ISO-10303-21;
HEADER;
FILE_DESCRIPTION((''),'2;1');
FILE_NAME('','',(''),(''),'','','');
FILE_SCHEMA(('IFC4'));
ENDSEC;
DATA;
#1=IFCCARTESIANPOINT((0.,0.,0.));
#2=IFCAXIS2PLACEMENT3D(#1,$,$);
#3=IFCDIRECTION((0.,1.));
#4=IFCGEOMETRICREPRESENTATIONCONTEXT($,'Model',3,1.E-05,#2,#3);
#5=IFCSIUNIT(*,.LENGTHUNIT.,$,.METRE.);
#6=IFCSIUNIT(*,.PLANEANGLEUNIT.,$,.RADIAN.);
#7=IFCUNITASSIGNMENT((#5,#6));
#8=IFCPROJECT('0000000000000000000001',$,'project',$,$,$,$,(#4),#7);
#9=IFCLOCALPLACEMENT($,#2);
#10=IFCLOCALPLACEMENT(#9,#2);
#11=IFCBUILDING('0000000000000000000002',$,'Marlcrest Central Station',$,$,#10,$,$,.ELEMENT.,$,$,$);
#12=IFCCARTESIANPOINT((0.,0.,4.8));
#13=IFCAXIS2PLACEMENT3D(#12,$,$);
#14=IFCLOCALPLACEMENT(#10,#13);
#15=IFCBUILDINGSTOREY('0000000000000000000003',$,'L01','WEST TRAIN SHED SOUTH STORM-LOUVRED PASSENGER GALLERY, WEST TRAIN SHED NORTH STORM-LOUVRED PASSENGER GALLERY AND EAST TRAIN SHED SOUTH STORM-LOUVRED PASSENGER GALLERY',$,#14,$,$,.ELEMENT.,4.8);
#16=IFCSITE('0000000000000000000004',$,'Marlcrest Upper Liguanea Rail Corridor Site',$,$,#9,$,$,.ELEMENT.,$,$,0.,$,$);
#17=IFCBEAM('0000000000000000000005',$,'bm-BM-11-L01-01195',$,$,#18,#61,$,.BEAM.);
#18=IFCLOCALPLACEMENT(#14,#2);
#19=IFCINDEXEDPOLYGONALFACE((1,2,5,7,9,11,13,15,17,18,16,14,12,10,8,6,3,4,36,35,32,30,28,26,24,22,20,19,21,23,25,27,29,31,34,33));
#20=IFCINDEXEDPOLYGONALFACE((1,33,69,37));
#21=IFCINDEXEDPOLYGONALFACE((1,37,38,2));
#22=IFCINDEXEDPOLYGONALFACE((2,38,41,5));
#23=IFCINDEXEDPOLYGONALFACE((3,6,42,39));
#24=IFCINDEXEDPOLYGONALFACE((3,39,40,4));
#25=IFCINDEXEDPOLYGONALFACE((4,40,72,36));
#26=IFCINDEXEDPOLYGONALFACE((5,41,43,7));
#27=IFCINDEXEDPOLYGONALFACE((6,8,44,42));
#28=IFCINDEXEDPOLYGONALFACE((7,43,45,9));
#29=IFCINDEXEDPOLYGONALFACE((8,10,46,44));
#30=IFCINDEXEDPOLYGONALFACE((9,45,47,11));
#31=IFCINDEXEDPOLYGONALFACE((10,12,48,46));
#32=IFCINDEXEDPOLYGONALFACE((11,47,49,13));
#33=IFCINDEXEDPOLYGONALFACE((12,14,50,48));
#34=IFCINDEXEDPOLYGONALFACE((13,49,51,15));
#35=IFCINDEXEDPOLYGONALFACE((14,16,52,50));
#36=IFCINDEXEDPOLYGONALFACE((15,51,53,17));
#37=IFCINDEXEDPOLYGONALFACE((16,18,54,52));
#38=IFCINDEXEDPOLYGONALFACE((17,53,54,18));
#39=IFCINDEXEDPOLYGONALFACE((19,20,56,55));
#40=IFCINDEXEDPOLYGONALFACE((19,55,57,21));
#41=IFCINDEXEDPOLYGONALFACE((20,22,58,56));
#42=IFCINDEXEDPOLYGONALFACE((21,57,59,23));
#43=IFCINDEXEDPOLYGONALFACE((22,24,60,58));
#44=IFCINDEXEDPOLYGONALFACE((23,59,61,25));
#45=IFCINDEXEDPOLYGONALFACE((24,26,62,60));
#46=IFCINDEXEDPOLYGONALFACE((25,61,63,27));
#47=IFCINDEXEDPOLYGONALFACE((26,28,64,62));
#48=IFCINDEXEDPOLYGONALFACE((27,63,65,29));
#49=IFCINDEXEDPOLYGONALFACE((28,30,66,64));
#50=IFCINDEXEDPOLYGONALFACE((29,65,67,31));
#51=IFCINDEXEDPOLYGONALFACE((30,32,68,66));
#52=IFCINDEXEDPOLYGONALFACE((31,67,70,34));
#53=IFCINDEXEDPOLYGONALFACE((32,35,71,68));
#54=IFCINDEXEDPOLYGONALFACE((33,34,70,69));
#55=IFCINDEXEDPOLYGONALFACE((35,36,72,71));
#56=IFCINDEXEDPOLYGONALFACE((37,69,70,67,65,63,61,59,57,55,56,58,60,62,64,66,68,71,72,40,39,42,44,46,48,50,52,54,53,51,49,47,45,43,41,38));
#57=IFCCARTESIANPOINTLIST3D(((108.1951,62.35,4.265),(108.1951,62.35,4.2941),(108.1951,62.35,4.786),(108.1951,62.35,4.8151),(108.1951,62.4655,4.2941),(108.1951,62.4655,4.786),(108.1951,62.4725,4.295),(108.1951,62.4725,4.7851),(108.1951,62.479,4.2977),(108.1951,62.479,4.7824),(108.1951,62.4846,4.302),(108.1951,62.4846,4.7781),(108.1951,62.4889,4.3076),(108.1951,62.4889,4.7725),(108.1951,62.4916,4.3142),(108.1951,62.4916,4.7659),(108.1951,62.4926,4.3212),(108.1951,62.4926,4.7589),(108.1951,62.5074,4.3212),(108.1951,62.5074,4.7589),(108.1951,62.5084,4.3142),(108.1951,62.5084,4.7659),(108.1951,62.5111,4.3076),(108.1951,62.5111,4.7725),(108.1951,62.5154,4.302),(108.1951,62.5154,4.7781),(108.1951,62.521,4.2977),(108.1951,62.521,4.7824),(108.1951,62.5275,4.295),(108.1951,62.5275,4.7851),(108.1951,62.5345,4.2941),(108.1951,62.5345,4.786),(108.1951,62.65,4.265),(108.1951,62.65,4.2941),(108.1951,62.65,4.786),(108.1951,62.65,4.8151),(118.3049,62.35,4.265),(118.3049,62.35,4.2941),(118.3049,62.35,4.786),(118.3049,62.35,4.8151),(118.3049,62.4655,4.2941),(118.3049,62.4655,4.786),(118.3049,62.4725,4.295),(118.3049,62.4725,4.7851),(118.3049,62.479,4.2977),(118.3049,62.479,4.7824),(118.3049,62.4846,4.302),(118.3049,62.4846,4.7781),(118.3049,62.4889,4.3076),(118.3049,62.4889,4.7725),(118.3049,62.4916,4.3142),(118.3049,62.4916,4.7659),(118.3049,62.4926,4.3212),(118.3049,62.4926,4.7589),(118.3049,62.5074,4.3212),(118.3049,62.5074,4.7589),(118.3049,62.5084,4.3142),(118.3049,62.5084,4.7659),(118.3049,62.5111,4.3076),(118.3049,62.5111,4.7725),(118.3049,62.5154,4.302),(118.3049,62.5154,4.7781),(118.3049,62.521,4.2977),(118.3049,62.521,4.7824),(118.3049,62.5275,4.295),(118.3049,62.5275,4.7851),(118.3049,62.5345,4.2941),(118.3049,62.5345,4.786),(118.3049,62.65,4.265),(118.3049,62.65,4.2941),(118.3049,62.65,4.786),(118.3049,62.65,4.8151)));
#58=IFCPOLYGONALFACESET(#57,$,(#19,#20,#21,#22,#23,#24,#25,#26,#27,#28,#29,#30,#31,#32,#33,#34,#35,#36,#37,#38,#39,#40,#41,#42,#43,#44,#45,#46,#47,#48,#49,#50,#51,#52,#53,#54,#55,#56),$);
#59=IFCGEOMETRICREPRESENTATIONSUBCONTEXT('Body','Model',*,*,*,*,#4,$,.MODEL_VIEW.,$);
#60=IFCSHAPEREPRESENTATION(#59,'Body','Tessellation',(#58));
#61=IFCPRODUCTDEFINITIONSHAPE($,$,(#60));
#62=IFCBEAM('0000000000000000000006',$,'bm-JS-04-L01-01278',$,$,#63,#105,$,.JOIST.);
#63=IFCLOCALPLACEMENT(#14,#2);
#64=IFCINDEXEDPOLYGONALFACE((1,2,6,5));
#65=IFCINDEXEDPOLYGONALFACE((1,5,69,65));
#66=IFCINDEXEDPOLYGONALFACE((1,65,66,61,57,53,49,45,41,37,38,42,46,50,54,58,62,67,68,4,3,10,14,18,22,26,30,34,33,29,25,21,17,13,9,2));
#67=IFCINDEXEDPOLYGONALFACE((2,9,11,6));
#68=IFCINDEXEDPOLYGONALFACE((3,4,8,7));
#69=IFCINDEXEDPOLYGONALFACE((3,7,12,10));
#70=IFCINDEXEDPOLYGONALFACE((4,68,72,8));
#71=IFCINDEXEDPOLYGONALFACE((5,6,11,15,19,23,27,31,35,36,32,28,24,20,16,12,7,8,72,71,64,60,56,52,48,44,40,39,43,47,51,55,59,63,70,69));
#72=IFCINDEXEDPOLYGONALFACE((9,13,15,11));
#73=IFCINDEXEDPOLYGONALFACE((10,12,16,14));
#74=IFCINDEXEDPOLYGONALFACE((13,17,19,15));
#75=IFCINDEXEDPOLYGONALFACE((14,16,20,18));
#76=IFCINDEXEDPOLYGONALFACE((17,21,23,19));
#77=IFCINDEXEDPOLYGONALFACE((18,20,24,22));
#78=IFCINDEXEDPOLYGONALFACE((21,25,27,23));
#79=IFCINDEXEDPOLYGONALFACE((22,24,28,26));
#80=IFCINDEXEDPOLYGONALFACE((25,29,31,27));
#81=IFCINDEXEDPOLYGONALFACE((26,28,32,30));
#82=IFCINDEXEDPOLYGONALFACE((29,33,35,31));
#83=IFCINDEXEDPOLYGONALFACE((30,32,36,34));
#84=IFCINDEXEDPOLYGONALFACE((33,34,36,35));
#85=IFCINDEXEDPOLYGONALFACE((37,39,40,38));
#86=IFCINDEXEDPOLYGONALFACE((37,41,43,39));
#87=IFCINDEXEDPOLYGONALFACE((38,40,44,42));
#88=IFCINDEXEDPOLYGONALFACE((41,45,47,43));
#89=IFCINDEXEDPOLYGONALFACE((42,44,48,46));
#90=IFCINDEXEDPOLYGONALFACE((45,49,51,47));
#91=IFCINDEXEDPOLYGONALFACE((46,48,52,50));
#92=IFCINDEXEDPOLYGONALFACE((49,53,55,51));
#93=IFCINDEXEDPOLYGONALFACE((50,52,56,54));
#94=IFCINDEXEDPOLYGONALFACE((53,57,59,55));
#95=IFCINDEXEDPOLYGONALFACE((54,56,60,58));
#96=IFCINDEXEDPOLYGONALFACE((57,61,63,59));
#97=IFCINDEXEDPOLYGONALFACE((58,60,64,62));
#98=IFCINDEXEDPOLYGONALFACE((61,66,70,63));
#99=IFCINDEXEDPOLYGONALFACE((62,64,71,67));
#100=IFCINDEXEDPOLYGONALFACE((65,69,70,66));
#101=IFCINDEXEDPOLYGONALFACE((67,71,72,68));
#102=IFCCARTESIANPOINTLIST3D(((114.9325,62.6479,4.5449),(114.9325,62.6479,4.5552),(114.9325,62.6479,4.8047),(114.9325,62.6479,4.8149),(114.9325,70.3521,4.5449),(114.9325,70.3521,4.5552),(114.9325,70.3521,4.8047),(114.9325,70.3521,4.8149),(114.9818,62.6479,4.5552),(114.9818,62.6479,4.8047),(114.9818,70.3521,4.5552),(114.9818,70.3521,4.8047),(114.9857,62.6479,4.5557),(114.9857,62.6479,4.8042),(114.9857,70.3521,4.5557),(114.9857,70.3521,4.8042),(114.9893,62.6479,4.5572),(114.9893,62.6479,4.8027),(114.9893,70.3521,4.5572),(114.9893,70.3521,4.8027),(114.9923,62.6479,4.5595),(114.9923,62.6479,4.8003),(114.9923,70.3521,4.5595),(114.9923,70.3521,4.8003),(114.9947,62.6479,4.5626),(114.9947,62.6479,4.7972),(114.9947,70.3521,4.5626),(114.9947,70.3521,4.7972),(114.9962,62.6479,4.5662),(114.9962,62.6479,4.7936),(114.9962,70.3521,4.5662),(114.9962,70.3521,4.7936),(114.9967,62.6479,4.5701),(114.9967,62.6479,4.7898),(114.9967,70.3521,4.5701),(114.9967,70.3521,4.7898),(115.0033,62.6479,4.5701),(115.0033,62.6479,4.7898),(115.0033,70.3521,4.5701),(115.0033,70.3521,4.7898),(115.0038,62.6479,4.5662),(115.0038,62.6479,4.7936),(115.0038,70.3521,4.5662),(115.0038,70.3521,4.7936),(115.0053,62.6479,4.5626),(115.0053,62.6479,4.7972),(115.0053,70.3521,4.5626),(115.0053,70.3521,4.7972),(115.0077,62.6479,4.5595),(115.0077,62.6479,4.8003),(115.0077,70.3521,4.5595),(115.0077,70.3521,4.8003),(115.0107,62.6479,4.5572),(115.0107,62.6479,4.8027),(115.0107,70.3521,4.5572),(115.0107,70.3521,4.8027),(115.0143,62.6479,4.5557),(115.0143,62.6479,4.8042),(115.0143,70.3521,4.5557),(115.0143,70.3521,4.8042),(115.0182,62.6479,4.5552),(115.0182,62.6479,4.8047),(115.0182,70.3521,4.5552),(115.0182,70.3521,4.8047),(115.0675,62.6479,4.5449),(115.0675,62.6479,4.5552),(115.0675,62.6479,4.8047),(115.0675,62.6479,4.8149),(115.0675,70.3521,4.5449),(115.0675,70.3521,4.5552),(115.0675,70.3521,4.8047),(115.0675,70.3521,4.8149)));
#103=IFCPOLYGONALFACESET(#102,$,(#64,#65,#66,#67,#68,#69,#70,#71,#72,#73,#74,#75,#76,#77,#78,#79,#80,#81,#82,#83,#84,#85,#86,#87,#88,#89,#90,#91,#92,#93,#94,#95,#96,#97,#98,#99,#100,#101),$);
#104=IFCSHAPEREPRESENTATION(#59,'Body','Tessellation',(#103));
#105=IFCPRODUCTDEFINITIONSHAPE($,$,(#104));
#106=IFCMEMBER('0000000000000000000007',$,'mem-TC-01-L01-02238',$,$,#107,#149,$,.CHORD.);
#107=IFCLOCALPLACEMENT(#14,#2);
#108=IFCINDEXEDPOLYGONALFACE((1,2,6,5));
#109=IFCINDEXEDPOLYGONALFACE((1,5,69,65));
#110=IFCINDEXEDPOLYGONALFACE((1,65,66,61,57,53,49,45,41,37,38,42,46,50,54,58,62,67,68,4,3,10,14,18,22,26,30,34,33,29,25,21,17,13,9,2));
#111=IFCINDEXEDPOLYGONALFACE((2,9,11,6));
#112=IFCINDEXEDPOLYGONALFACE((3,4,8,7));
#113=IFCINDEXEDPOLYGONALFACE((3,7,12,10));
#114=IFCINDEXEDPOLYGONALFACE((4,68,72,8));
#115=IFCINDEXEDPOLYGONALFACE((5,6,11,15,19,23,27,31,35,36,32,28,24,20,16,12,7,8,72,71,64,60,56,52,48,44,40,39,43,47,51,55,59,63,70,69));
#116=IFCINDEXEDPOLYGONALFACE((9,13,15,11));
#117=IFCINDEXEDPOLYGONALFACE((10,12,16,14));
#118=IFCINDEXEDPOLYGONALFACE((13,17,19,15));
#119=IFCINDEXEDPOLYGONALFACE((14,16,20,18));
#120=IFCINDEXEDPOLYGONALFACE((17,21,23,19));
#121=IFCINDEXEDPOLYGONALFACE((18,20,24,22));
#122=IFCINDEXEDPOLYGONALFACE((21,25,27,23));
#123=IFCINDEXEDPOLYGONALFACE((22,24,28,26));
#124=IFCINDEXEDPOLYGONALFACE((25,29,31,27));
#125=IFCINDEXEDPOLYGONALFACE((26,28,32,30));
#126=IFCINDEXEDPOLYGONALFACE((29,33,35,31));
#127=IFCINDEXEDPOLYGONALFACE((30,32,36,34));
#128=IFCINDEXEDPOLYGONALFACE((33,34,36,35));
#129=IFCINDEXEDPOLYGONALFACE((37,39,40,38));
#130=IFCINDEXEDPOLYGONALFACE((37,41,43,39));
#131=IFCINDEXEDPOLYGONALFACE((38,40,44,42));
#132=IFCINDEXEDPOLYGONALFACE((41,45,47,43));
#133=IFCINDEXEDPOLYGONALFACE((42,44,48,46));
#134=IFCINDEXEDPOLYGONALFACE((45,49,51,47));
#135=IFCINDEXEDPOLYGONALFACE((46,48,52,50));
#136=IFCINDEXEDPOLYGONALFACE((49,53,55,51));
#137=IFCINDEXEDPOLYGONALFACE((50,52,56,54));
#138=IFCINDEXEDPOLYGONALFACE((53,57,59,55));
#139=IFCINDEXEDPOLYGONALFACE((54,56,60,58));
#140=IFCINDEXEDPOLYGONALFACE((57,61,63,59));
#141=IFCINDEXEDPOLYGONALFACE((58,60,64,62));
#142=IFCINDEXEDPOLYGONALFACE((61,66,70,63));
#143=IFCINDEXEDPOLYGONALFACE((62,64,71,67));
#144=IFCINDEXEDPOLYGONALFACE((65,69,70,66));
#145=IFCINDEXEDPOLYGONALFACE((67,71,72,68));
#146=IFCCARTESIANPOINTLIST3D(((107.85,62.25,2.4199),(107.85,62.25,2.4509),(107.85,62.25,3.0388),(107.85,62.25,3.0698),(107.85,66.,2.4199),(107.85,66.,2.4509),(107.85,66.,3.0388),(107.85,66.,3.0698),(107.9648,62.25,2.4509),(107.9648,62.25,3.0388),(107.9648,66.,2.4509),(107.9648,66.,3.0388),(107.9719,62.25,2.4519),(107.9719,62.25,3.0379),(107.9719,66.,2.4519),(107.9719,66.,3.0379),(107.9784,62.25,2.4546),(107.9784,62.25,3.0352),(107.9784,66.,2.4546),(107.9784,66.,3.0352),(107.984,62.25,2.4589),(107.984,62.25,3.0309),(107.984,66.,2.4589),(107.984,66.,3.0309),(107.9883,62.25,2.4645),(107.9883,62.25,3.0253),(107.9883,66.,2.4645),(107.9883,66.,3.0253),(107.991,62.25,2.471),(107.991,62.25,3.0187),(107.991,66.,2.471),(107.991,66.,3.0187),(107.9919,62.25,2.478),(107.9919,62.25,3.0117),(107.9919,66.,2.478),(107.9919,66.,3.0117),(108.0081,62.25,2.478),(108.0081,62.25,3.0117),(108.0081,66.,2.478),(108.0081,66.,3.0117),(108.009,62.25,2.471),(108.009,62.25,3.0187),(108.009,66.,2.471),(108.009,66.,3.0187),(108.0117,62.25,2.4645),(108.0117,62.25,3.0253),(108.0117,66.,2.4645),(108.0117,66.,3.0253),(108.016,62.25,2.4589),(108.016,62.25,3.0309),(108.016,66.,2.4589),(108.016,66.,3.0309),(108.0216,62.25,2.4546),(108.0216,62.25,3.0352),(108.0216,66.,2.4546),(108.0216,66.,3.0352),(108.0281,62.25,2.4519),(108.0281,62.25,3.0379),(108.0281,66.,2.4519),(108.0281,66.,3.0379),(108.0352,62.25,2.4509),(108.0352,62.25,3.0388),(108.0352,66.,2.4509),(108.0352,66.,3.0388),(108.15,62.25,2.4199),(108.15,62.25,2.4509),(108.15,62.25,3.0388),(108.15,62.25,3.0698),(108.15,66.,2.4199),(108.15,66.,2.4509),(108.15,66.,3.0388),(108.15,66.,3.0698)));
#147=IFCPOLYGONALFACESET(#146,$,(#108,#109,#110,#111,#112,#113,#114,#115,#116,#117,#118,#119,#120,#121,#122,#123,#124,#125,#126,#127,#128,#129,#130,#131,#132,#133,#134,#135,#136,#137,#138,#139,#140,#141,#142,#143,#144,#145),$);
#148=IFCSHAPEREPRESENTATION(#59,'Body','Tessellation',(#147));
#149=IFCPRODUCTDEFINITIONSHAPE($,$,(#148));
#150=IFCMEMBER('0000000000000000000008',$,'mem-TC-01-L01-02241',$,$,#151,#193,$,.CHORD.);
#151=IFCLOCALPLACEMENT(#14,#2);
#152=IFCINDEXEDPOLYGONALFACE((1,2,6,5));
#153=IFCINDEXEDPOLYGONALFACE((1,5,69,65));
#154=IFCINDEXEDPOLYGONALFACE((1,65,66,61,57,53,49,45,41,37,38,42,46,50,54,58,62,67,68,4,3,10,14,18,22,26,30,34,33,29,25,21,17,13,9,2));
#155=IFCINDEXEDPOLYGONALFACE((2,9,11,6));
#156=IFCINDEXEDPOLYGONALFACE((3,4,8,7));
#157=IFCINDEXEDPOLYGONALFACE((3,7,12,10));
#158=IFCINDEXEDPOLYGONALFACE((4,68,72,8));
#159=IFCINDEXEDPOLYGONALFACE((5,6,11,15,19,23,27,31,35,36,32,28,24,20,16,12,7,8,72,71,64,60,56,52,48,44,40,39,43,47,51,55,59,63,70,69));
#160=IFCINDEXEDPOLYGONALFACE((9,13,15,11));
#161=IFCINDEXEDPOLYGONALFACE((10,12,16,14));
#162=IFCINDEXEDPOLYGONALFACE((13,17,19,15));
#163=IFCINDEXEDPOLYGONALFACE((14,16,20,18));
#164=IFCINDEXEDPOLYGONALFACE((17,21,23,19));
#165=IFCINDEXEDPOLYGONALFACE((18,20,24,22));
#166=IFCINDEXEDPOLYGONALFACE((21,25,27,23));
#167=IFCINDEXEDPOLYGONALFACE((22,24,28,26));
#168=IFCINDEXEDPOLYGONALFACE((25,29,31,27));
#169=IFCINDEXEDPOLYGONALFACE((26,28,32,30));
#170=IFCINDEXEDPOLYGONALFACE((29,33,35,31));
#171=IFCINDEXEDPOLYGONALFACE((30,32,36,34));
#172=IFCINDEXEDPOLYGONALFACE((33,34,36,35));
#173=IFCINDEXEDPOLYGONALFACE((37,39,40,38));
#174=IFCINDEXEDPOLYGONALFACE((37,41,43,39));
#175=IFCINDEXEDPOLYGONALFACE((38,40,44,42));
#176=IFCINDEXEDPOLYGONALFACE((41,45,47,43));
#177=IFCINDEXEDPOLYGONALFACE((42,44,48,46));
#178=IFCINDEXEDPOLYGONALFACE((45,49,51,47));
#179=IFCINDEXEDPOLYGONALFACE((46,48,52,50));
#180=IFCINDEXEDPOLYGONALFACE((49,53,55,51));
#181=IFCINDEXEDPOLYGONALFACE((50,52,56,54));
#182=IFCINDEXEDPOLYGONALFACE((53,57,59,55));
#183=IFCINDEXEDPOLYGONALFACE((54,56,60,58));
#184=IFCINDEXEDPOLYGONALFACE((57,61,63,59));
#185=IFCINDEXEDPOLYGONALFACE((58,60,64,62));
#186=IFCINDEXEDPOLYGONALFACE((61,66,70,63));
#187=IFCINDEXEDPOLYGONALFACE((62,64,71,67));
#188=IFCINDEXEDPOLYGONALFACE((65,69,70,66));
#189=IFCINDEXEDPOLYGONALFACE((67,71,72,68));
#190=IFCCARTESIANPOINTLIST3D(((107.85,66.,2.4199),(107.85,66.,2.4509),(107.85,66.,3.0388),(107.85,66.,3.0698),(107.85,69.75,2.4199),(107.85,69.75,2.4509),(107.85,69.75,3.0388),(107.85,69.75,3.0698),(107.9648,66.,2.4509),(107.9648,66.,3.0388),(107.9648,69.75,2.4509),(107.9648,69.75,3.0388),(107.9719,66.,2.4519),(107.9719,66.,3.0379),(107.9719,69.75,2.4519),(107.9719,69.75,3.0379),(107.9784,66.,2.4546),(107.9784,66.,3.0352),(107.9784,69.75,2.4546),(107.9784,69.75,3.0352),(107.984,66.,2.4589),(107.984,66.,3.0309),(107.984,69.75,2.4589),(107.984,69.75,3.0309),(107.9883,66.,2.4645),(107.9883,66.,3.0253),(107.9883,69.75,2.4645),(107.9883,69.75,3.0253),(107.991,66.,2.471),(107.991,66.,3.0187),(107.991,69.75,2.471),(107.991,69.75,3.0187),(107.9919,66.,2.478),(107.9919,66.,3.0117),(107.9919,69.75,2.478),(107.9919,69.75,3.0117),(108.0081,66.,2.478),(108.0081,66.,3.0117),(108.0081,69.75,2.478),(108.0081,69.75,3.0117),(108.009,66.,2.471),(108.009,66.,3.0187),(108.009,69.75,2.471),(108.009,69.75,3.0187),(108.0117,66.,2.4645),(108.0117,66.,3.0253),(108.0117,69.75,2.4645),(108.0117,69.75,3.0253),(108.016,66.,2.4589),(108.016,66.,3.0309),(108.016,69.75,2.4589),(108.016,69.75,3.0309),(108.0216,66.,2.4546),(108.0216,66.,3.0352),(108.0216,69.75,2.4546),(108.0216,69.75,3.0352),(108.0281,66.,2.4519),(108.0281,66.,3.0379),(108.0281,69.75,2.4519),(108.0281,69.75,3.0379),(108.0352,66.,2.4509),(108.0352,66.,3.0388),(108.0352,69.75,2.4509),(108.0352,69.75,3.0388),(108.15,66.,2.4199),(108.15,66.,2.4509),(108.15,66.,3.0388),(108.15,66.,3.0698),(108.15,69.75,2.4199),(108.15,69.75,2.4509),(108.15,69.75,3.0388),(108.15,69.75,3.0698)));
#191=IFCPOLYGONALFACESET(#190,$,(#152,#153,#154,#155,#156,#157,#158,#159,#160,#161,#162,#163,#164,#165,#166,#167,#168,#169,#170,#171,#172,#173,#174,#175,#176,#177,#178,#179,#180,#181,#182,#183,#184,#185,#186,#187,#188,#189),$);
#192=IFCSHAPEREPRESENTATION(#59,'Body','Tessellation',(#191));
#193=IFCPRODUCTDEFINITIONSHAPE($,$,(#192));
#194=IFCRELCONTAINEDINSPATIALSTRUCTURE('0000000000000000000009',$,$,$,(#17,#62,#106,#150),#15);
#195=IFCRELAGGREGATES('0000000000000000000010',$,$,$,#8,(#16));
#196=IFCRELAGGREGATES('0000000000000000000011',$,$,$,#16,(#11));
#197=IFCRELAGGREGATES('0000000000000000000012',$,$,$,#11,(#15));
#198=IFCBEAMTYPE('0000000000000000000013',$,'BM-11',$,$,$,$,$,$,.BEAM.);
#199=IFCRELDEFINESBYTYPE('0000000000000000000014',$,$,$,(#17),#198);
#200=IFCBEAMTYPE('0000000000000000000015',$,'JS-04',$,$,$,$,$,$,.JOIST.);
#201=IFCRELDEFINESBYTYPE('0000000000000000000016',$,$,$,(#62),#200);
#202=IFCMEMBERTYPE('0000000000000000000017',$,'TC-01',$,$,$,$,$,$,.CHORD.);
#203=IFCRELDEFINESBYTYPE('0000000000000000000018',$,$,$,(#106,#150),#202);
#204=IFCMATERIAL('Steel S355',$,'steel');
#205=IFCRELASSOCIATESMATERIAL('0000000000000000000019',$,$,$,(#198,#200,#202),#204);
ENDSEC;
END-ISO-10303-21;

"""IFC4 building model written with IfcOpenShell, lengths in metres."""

from ifc_helpers import new_model, si_unit, direction, frame, origin, origin_2d, place, context, subcontext, project, spatial, i_section, extrude, material, material_profile, profile_set, type_object, element, save


model = new_model("IFC4")

# Units and contexts
model_context = context("Model", 3, precision=1e-05, world=origin(), true_north=direction((0.0, 1.0)))
body_context = subcontext(model_context, "Body", "Model", "MODEL_VIEW")
ifc_project = project(units=[si_unit("LENGTHUNIT", "METRE"), si_unit("PLANEANGLEUNIT", "RADIAN")], contexts=[model_context])

# Site, building, storey
site_placement = place(None, origin())
site = spatial("IfcSite", under=ifc_project, at=site_placement, Name="Marlcrest Upper Liguanea Rail Corridor Site", CompositionType="ELEMENT", RefElevation=0.0)
building_placement = place(site_placement, origin())
building = spatial("IfcBuilding", under=site, at=building_placement, Name="Marlcrest Central Station", CompositionType="ELEMENT")
storey_placement = place(building_placement, frame((0.0, 0.0, 4.8)))
storey = spatial("IfcBuildingStorey", under=building, at=storey_placement, Name="L01", Description="WEST TRAIN SHED SOUTH STORM-LOUVRED PASSENGER GALLERY, WEST TRAIN SHED NORTH STORM-LOUVRED PASSENGER GALLERY AND EAST TRAIN SHED SOUTH STORM-LOUVRED PASSENGER GALLERY", CompositionType="ELEMENT", Elevation=4.8)

# Beams
ifc_material = material(Name="Steel S355", Category="steel")
ifc_material_profile_1 = material_profile(ifc_material, i_section(OverallWidth=0.3, OverallDepth=0.55, WebThickness=0.0149, FlangeThickness=0.0291, FilletRadius=0.0271, at=origin_2d()), Name="HEB 550")
ifc_profile_set_1 = profile_set([ifc_material_profile_1], Name="Steel S355")
beam_type_1 = type_object("IfcBeamType", Name="BM-11", PredefinedType="BEAM", material=ifc_profile_set_1)
beam_1_placement = place(storey_placement, frame((108.1951, 62.5, 4.54), z_axis=(1.0, 0.0, 0.0), x_axis=(0.0, 1.0, 0.0)))
element("IfcBeam", 1, at=beam_1_placement, inside=storey, type_object=beam_type_1, Name="bm-BM-11-L01-01195", PredefinedType="BEAM", context=body_context, shape_type="SweptSolid", body=[
    extrude(i_section(OverallWidth=0.3, OverallDepth=0.55, WebThickness=0.0149, FlangeThickness=0.0291, FilletRadius=0.0271, at=origin_2d()), origin(), (0.0, 0.0, 1.0), 10.1099),
])
ifc_material_profile_2 = material_profile(ifc_material, i_section(OverallWidth=0.135, OverallDepth=0.27, WebThickness=0.0066, FlangeThickness=0.0103, FilletRadius=0.0149, at=origin_2d()), Name="IPE 270")
ifc_profile_set_2 = profile_set([ifc_material_profile_2], Name="Steel S355")
beam_type_2 = type_object("IfcBeamType", Name="JS-04", PredefinedType="JOIST", material=ifc_profile_set_2)
beam_2_placement = place(storey_placement, frame((115.0, 62.6479, 4.6799), z_axis=(0.0, 1.0, 0.0), x_axis=(-1.0, 0.0, 0.0)))
element("IfcBeam", 2, at=beam_2_placement, inside=storey, type_object=beam_type_2, Name="bm-JS-04-L01-01278", PredefinedType="JOIST", context=body_context, shape_type="SweptSolid", body=[
    extrude(i_section(OverallWidth=0.135, OverallDepth=0.27, WebThickness=0.0066, FlangeThickness=0.0103, FilletRadius=0.0149, at=origin_2d()), origin(), (0.0, 0.0, 1.0), 7.7041),
])

# Members
ifc_material_profile_3 = material_profile(ifc_material, i_section(OverallWidth=0.3, OverallDepth=0.6499, WebThickness=0.0161, FlangeThickness=0.031, FilletRadius=0.0271, at=origin_2d()), Name="HEB 650")
ifc_profile_set_3 = profile_set([ifc_material_profile_3], Name="Steel S355")
member_type_1 = type_object("IfcMemberType", Name="TC-01", PredefinedType="CHORD", material=ifc_profile_set_3)
for number, where, z_axis, x_axis, name in (
    (3, (108.0, 62.25, 2.7449), (0.0, 1.0, 0.0), (-1.0, 0.0, 0.0), "mem-TC-01-L01-02238"),
    (4, (108.0, 66.0, 2.7449), (0.0, 1.0, 0.0), (-1.0, 0.0, 0.0), "mem-TC-01-L01-02241"),
):
    element("IfcMember", number, at=place(storey_placement, frame(where, z_axis=z_axis, x_axis=x_axis)), inside=storey, type_object=member_type_1, Name=name, PredefinedType="CHORD", context=body_context, shape_type="SweptSolid", body=[
        extrude(i_section(OverallWidth=0.3, OverallDepth=0.6499, WebThickness=0.0161, FlangeThickness=0.031, FilletRadius=0.0271, at=origin_2d()), origin(), (0.0, 0.0, 1.0), 3.75),
    ])

save(model, "model.ifc")
